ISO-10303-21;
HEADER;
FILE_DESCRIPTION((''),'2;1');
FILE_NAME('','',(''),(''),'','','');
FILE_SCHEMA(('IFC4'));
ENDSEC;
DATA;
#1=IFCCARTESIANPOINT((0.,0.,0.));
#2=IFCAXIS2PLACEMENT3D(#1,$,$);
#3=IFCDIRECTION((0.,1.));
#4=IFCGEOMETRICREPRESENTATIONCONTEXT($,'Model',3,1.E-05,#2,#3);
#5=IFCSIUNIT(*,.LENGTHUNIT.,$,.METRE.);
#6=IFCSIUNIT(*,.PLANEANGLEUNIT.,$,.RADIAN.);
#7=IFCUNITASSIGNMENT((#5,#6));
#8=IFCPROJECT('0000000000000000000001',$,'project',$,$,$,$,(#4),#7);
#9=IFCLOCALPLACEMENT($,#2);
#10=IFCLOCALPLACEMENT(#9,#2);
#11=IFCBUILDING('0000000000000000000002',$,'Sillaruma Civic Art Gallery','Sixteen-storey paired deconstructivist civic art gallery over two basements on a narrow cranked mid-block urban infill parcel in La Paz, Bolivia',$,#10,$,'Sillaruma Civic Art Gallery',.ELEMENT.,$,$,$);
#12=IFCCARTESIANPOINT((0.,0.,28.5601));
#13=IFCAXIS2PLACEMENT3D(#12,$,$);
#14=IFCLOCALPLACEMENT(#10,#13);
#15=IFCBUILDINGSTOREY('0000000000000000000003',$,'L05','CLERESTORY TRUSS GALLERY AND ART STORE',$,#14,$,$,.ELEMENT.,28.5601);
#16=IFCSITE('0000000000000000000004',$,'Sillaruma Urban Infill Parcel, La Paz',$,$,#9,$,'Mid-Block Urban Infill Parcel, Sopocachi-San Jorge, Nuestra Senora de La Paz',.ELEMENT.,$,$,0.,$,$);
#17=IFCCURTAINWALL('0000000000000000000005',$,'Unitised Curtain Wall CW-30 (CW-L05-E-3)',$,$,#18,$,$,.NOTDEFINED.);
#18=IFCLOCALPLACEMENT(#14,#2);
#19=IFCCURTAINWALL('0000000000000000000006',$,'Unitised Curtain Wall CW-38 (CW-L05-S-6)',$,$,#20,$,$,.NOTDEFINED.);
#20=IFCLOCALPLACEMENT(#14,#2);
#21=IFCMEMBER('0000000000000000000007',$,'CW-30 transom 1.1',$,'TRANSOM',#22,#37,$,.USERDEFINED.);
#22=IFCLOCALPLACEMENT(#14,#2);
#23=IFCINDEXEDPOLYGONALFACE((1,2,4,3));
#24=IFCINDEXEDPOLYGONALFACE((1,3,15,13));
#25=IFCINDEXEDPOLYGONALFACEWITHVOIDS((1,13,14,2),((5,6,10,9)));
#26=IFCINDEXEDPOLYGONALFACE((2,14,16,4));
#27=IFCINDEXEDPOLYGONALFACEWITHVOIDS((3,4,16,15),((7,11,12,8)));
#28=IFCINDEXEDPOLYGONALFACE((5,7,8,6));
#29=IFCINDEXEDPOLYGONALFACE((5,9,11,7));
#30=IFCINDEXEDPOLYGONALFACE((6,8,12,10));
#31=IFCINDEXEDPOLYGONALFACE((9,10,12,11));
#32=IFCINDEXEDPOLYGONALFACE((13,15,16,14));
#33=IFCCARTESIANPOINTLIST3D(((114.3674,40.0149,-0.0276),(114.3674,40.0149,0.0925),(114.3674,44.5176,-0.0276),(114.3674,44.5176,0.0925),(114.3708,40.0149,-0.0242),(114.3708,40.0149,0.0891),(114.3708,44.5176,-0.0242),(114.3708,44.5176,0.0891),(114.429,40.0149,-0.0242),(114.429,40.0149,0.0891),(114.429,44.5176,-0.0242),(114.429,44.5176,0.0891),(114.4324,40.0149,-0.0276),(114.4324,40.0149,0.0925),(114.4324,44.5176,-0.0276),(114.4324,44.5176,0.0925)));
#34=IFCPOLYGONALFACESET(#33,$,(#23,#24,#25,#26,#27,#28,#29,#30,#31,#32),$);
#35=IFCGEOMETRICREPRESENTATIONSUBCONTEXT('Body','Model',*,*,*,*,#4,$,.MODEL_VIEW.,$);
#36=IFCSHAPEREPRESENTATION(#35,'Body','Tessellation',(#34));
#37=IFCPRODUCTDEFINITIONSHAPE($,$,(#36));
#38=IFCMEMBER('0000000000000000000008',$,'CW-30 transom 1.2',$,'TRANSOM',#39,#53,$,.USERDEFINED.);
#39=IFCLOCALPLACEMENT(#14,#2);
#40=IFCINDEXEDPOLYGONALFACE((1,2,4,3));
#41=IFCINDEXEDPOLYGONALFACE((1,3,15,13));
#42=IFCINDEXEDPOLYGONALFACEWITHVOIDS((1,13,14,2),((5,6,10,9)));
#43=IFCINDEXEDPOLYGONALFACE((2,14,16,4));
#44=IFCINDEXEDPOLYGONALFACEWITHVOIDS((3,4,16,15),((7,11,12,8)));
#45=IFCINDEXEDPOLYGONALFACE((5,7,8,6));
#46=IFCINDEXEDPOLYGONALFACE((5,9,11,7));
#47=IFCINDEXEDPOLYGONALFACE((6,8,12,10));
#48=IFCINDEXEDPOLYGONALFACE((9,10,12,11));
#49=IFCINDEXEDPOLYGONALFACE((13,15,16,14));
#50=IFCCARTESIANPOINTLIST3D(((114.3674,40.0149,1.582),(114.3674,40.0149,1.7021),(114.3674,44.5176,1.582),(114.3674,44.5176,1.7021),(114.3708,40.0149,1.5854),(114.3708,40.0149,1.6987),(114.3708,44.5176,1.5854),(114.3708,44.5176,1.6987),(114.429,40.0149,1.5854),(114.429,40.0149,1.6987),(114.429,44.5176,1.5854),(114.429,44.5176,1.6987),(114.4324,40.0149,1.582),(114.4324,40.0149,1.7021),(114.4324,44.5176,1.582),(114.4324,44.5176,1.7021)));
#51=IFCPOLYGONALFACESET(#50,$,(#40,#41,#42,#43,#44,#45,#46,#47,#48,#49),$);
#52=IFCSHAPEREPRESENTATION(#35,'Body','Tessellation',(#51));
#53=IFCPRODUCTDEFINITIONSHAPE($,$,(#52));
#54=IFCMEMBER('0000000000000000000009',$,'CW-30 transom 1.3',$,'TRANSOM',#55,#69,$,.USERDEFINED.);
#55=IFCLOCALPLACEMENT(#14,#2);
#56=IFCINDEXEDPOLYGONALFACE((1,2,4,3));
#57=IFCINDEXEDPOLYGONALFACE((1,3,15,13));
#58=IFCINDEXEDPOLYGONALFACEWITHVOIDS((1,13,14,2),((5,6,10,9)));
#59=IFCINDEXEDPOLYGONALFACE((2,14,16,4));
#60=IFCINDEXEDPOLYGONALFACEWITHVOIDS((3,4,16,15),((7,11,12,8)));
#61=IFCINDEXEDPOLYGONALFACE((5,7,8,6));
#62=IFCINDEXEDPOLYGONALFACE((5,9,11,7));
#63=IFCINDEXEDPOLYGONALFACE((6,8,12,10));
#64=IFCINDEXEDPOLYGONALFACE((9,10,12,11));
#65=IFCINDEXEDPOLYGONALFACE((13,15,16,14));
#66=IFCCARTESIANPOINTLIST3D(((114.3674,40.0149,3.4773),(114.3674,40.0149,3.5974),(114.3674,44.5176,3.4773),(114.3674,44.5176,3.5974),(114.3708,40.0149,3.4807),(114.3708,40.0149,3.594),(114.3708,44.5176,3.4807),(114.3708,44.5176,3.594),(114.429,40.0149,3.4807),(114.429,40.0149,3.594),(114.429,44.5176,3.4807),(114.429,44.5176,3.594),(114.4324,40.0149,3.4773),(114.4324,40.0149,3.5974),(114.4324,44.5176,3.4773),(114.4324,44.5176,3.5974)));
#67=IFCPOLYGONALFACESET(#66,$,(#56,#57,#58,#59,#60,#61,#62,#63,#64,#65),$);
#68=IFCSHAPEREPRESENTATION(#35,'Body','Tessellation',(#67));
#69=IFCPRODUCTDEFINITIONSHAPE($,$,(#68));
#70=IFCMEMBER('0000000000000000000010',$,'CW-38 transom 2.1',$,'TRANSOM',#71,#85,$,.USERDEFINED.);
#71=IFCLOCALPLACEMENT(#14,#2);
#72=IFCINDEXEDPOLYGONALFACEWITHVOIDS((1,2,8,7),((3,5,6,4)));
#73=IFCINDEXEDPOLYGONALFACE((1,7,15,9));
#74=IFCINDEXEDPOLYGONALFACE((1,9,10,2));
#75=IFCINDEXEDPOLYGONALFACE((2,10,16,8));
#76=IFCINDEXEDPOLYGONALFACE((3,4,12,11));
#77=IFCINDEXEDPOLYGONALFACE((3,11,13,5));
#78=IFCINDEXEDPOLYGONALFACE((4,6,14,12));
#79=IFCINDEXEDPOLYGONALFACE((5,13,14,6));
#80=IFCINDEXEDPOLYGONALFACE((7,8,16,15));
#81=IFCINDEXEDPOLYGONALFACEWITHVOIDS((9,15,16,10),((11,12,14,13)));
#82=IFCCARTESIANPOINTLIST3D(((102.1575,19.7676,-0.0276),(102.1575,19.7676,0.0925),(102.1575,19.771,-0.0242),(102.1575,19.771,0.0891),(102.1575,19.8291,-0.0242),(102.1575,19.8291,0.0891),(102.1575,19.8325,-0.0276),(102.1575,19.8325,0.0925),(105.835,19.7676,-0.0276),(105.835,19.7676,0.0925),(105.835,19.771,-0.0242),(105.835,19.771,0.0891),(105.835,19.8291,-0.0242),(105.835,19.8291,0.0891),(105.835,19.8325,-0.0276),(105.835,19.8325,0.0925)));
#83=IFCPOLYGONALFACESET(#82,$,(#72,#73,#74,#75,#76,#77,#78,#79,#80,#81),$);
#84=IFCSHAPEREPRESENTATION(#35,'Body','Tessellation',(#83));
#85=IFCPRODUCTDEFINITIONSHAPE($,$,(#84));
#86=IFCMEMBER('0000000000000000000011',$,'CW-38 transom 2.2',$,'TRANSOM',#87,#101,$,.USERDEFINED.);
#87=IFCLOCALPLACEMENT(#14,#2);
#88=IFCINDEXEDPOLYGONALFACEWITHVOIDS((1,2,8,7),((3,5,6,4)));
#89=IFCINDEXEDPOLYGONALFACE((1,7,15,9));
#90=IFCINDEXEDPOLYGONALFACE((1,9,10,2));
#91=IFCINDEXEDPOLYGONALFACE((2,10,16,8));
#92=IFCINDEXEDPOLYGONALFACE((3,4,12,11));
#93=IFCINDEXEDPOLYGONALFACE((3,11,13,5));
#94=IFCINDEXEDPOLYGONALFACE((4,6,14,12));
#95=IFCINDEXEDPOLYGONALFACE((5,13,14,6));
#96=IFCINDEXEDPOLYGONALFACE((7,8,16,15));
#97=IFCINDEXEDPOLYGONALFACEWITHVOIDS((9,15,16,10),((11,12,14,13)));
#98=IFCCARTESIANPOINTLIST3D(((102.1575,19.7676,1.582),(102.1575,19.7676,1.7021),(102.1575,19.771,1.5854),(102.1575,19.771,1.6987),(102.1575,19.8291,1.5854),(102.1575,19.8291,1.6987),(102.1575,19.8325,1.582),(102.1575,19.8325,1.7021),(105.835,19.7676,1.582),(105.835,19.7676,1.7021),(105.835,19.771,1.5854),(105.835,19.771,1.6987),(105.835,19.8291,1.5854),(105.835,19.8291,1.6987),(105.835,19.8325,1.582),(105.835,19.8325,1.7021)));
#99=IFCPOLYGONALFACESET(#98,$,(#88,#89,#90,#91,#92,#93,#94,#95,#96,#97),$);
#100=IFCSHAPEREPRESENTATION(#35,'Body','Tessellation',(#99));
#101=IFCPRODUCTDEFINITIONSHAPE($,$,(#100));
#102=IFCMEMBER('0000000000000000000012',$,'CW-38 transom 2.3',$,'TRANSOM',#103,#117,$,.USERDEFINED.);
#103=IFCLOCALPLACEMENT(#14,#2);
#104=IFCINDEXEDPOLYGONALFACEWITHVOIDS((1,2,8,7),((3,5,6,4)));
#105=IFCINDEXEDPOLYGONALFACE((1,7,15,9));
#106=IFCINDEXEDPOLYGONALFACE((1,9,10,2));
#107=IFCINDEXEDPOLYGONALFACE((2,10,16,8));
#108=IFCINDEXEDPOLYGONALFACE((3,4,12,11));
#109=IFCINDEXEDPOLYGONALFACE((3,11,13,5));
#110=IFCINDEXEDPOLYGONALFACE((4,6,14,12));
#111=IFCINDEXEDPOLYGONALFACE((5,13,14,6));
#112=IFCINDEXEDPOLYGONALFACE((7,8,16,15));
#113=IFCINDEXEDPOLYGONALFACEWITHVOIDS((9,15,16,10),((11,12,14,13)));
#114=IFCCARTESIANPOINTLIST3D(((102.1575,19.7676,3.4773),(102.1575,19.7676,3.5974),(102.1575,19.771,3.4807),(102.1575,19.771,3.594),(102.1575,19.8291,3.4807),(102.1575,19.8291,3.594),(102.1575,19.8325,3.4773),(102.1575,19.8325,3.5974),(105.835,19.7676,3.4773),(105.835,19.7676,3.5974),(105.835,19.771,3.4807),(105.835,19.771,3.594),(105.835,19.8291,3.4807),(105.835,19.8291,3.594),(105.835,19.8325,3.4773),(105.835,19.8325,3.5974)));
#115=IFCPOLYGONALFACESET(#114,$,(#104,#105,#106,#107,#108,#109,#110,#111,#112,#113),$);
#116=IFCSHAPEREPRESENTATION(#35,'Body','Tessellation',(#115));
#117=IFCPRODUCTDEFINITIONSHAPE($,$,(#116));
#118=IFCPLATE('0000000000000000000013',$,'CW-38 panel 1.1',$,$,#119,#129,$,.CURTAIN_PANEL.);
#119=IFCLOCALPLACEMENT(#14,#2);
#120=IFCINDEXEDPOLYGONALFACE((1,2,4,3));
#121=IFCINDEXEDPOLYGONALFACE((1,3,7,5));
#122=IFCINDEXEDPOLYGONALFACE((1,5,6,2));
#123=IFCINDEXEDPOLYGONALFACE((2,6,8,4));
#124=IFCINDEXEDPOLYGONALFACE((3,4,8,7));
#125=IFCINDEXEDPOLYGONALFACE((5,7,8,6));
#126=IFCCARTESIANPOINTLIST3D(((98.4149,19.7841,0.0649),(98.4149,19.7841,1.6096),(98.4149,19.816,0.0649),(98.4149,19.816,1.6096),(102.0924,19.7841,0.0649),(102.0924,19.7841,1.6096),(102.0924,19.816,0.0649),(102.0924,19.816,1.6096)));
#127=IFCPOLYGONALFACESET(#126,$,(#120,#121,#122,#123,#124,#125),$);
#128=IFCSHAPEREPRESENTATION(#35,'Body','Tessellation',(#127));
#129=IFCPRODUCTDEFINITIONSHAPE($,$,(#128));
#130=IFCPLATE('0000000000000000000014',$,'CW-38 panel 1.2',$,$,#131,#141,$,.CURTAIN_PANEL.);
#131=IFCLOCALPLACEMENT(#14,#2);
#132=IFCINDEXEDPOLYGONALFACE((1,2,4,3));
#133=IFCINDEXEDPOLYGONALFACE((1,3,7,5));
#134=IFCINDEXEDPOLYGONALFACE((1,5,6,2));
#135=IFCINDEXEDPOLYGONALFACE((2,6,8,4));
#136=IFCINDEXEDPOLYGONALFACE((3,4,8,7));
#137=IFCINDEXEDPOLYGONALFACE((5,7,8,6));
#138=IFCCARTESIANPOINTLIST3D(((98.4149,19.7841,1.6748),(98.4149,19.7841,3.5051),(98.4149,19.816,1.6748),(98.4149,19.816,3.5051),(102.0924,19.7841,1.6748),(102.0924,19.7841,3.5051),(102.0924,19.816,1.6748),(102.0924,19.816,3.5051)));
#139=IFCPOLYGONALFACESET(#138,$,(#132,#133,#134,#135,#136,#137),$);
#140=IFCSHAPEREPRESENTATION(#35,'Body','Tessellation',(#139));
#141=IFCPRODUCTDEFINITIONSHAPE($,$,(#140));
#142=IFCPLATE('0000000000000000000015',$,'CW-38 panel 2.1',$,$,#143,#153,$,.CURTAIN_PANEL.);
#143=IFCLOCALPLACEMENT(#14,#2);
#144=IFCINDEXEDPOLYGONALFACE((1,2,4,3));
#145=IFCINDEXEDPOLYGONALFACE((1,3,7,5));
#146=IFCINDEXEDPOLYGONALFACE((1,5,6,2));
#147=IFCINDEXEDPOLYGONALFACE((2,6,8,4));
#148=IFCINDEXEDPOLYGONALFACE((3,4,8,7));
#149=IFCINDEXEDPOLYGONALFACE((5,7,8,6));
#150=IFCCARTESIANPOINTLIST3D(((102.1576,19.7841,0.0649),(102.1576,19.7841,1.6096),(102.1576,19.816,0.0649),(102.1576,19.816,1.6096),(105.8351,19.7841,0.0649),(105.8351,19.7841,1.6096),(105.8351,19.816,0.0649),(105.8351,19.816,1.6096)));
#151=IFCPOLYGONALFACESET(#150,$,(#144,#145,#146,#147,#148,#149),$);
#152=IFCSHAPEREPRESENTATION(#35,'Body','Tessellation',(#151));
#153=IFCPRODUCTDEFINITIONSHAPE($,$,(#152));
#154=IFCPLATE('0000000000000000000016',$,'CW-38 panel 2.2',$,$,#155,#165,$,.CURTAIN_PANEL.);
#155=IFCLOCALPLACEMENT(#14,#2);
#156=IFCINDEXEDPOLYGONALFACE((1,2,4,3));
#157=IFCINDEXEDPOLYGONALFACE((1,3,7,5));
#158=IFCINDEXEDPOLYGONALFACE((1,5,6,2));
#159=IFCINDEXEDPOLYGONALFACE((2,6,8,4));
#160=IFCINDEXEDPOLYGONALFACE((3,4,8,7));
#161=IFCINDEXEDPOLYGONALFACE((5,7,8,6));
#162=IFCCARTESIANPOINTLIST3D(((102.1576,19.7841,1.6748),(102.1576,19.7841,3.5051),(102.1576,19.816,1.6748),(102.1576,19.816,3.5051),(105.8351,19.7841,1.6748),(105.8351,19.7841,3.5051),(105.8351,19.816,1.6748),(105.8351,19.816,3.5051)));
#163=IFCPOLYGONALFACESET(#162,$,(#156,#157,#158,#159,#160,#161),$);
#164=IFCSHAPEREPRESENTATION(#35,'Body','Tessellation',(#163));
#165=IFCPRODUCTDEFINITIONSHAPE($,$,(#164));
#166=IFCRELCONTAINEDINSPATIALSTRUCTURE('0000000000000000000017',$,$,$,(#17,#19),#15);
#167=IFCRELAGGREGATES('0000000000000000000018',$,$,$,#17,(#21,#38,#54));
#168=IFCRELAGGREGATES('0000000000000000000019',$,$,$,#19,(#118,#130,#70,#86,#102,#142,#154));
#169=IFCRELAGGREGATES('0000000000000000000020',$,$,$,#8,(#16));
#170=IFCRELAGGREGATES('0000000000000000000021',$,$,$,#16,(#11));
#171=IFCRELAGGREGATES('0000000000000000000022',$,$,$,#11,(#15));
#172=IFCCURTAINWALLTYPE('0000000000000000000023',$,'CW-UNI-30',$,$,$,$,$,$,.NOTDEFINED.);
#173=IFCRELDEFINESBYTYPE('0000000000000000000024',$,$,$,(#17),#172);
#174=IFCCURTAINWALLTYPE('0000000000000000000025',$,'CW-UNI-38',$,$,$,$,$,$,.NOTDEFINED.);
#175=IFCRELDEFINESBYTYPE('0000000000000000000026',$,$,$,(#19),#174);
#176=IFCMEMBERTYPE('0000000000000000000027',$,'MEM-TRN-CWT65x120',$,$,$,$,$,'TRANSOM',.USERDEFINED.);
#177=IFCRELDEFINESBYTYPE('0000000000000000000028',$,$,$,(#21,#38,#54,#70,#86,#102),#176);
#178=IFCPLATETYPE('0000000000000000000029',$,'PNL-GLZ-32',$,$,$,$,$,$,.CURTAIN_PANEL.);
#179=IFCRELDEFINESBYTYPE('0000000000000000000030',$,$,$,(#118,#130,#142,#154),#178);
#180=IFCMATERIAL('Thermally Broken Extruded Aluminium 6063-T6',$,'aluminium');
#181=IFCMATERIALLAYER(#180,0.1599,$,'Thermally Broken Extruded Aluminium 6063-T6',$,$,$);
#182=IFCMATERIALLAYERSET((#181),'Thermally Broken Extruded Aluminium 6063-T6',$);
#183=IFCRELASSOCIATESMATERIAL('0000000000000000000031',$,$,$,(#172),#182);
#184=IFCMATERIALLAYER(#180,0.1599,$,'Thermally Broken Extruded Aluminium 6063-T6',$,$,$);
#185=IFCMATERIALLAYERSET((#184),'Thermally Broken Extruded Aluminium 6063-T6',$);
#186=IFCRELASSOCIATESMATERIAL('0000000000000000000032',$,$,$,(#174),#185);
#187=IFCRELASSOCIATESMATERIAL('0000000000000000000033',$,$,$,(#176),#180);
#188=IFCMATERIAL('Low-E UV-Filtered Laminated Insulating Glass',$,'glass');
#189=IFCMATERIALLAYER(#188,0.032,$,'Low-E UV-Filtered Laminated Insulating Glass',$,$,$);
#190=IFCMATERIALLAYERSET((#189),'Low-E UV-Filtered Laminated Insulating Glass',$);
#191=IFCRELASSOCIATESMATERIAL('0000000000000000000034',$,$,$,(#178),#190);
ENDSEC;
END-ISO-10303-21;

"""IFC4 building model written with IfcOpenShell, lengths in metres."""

from ifc_helpers import new_model, si_unit, direction, frame, origin, origin_2d, place, context, subcontext, project, spatial, rectangle, hollow_rectangle, extrude, material, layer, layer_set, material_profile, profile_set, type_object, element, aggregate, save


model = new_model("IFC4")

# Units and contexts
model_context = context("Model", 3, precision=1e-05, world=origin(), true_north=direction((0.0, 1.0)))
body_context = subcontext(model_context, "Body", "Model", "MODEL_VIEW")
ifc_project = project(units=[si_unit("LENGTHUNIT", "METRE"), si_unit("PLANEANGLEUNIT", "RADIAN")], contexts=[model_context])

# Site, building, storey
site_placement = place(None, origin())
site = spatial("IfcSite", under=ifc_project, at=site_placement, Name="Sillaruma Urban Infill Parcel, La Paz", LongName="Mid-Block Urban Infill Parcel, Sopocachi-San Jorge, Nuestra Senora de La Paz", CompositionType="ELEMENT", RefElevation=0.0)
building_placement = place(site_placement, origin())
building = spatial("IfcBuilding", under=site, at=building_placement, Name="Sillaruma Civic Art Gallery", Description="Sixteen-storey paired deconstructivist civic art gallery over two basements on a narrow cranked mid-block urban infill parcel in La Paz, Bolivia", LongName="Sillaruma Civic Art Gallery", CompositionType="ELEMENT")
storey_placement = place(building_placement, frame((0.0, 0.0, 28.5601)))
storey = spatial("IfcBuildingStorey", under=building, at=storey_placement, Name="L05", Description="CLERESTORY TRUSS GALLERY AND ART STORE", CompositionType="ELEMENT", Elevation=28.5601)

# Curtain wall
ifc_material_1 = material(Name="Thermally Broken Extruded Aluminium 6063-T6", Category="aluminium")
ifc_layer_1 = layer(ifc_material_1, 0.1599, Name="Thermally Broken Extruded Aluminium 6063-T6")
ifc_layer_set_1 = layer_set([ifc_layer_1], Name="Thermally Broken Extruded Aluminium 6063-T6")
curtain_wall_type_1 = type_object("IfcCurtainWallType", Name="CW-UNI-30", PredefinedType="NOTDEFINED", material=ifc_layer_set_1)
curtain_wall_1_placement = place(storey_placement, origin())
curtain_wall_1 = element("IfcCurtainWall", 1, at=curtain_wall_1_placement, inside=storey, type_object=curtain_wall_type_1, Name="Unitised Curtain Wall CW-30 (CW-L05-E-3)", PredefinedType="NOTDEFINED")

# Curtain wall
ifc_layer_2 = layer(ifc_material_1, 0.1599, Name="Thermally Broken Extruded Aluminium 6063-T6")
ifc_layer_set_2 = layer_set([ifc_layer_2], Name="Thermally Broken Extruded Aluminium 6063-T6")
curtain_wall_type_2 = type_object("IfcCurtainWallType", Name="CW-UNI-38", PredefinedType="NOTDEFINED", material=ifc_layer_set_2)
curtain_wall_2_placement = place(storey_placement, origin())
curtain_wall_2 = element("IfcCurtainWall", 2, at=curtain_wall_2_placement, inside=storey, type_object=curtain_wall_type_2, Name="Unitised Curtain Wall CW-38 (CW-L05-S-6)", PredefinedType="NOTDEFINED")

# Members
ifc_material_profile_1 = material_profile(ifc_material_1, hollow_rectangle(XDim=0.0649, YDim=0.1201, WallThickness=0.0034, at=origin_2d()), Name="CWT65x120")
ifc_profile_set_1 = profile_set([ifc_material_profile_1], Name="Thermally Broken Extruded Aluminium 6063-T6")
member_type_1 = type_object("IfcMemberType", Name="MEM-TRN-CWT65x120", ElementType="TRANSOM", PredefinedType="USERDEFINED", material=ifc_profile_set_1)
member_1_placement = place(storey_placement, frame((114.3999, 40.0149, 0.0325), z_axis=(0.0, 1.0, 0.0), x_axis=(-1.0, 0.0, 0.0)))
member_1 = element("IfcMember", 3, at=member_1_placement, type_object=member_type_1, Name="CW-30 transom 1.1", ObjectType="TRANSOM", PredefinedType="USERDEFINED", context=body_context, shape_type="SweptSolid", body=[
    extrude(hollow_rectangle(XDim=0.0649, YDim=0.1201, WallThickness=0.0034, at=origin_2d()), origin(), (0.0, 0.0, 1.0), 4.5027),
])
member_2_placement = place(storey_placement, frame((114.3999, 40.0149, 1.6421), z_axis=(0.0, 1.0, 0.0), x_axis=(-1.0, 0.0, 0.0)))
member_2 = element("IfcMember", 4, at=member_2_placement, type_object=member_type_1, Name="CW-30 transom 1.2", ObjectType="TRANSOM", PredefinedType="USERDEFINED", context=body_context, shape_type="SweptSolid", body=[
    extrude(hollow_rectangle(XDim=0.0649, YDim=0.1201, WallThickness=0.0034, at=origin_2d()), origin(), (0.0, 0.0, 1.0), 4.5027),
])
member_3_placement = place(storey_placement, frame((114.3999, 40.0149, 3.5374), z_axis=(0.0, 1.0, 0.0), x_axis=(-1.0, 0.0, 0.0)))
member_3 = element("IfcMember", 5, at=member_3_placement, type_object=member_type_1, Name="CW-30 transom 1.3", ObjectType="TRANSOM", PredefinedType="USERDEFINED", context=body_context, shape_type="SweptSolid", body=[
    extrude(hollow_rectangle(XDim=0.0649, YDim=0.1201, WallThickness=0.0034, at=origin_2d()), origin(), (0.0, 0.0, 1.0), 4.5027),
])
aggregate(curtain_wall_1, [member_1, member_2, member_3])
member_4_placement = place(storey_placement, frame((102.1575, 19.8, 0.0325), z_axis=(1.0, 0.0, 0.0), x_axis=(0.0, 1.0, 0.0)))
member_4 = element("IfcMember", 6, at=member_4_placement, type_object=member_type_1, Name="CW-38 transom 2.1", ObjectType="TRANSOM", PredefinedType="USERDEFINED", context=body_context, shape_type="SweptSolid", body=[
    extrude(hollow_rectangle(XDim=0.0649, YDim=0.1201, WallThickness=0.0034, at=origin_2d()), origin(), (0.0, 0.0, 1.0), 3.6775),
])
member_5_placement = place(storey_placement, frame((102.1575, 19.8, 1.6421), z_axis=(1.0, 0.0, 0.0), x_axis=(0.0, 1.0, 0.0)))
member_5 = element("IfcMember", 7, at=member_5_placement, type_object=member_type_1, Name="CW-38 transom 2.2", ObjectType="TRANSOM", PredefinedType="USERDEFINED", context=body_context, shape_type="SweptSolid", body=[
    extrude(hollow_rectangle(XDim=0.0649, YDim=0.1201, WallThickness=0.0034, at=origin_2d()), origin(), (0.0, 0.0, 1.0), 3.6775),
])
member_6_placement = place(storey_placement, frame((102.1575, 19.8, 3.5374), z_axis=(1.0, 0.0, 0.0), x_axis=(0.0, 1.0, 0.0)))
member_6 = element("IfcMember", 8, at=member_6_placement, type_object=member_type_1, Name="CW-38 transom 2.3", ObjectType="TRANSOM", PredefinedType="USERDEFINED", context=body_context, shape_type="SweptSolid", body=[
    extrude(hollow_rectangle(XDim=0.0649, YDim=0.1201, WallThickness=0.0034, at=origin_2d()), origin(), (0.0, 0.0, 1.0), 3.6775),
])

# Plates
ifc_material_2 = material(Name="Low-E UV-Filtered Laminated Insulating Glass", Category="glass")
ifc_layer_3 = layer(ifc_material_2, 0.032, Name="Low-E UV-Filtered Laminated Insulating Glass")
ifc_layer_set_3 = layer_set([ifc_layer_3], Name="Low-E UV-Filtered Laminated Insulating Glass")
plate_type = type_object("IfcPlateType", Name="PNL-GLZ-32", PredefinedType="CURTAIN_PANEL", material=ifc_layer_set_3)
plate_1_placement = place(storey_placement, frame((100.2537, 19.8, 0.0649), z_axis=(0.0, 0.0, 1.0), x_axis=(1.0, 0.0, 0.0)))
plate_1 = element("IfcPlate", 9, at=plate_1_placement, type_object=plate_type, Name="CW-38 panel 1.1", PredefinedType="CURTAIN_PANEL", context=body_context, shape_type="SweptSolid", body=[
    extrude(rectangle(XDim=3.6775, YDim=0.032, at=origin_2d()), origin(), (0.0, 0.0, 1.0), 1.5447),
])
plate_2_placement = place(storey_placement, frame((100.2537, 19.8, 1.6748), z_axis=(0.0, 0.0, 1.0), x_axis=(1.0, 0.0, 0.0)))
plate_2 = element("IfcPlate", 10, at=plate_2_placement, type_object=plate_type, Name="CW-38 panel 1.2", PredefinedType="CURTAIN_PANEL", context=body_context, shape_type="SweptSolid", body=[
    extrude(rectangle(XDim=3.6775, YDim=0.032, at=origin_2d()), origin(), (0.0, 0.0, 1.0), 1.8303),
])
plate_3_placement = place(storey_placement, frame((103.9963, 19.8, 0.0649), z_axis=(0.0, 0.0, 1.0), x_axis=(1.0, 0.0, 0.0)))
plate_3 = element("IfcPlate", 11, at=plate_3_placement, type_object=plate_type, Name="CW-38 panel 2.1", PredefinedType="CURTAIN_PANEL", context=body_context, shape_type="SweptSolid", body=[
    extrude(rectangle(XDim=3.6775, YDim=0.032, at=origin_2d()), origin(), (0.0, 0.0, 1.0), 1.5447),
])
plate_4_placement = place(storey_placement, frame((103.9963, 19.8, 1.6748), z_axis=(0.0, 0.0, 1.0), x_axis=(1.0, 0.0, 0.0)))
plate_4 = element("IfcPlate", 12, at=plate_4_placement, type_object=plate_type, Name="CW-38 panel 2.2", PredefinedType="CURTAIN_PANEL", context=body_context, shape_type="SweptSolid", body=[
    extrude(rectangle(XDim=3.6775, YDim=0.032, at=origin_2d()), origin(), (0.0, 0.0, 1.0), 1.8303),
])
aggregate(curtain_wall_2, [plate_1, plate_2, member_4, member_5, member_6, plate_3, plate_4])

save(model, "model.ifc")
